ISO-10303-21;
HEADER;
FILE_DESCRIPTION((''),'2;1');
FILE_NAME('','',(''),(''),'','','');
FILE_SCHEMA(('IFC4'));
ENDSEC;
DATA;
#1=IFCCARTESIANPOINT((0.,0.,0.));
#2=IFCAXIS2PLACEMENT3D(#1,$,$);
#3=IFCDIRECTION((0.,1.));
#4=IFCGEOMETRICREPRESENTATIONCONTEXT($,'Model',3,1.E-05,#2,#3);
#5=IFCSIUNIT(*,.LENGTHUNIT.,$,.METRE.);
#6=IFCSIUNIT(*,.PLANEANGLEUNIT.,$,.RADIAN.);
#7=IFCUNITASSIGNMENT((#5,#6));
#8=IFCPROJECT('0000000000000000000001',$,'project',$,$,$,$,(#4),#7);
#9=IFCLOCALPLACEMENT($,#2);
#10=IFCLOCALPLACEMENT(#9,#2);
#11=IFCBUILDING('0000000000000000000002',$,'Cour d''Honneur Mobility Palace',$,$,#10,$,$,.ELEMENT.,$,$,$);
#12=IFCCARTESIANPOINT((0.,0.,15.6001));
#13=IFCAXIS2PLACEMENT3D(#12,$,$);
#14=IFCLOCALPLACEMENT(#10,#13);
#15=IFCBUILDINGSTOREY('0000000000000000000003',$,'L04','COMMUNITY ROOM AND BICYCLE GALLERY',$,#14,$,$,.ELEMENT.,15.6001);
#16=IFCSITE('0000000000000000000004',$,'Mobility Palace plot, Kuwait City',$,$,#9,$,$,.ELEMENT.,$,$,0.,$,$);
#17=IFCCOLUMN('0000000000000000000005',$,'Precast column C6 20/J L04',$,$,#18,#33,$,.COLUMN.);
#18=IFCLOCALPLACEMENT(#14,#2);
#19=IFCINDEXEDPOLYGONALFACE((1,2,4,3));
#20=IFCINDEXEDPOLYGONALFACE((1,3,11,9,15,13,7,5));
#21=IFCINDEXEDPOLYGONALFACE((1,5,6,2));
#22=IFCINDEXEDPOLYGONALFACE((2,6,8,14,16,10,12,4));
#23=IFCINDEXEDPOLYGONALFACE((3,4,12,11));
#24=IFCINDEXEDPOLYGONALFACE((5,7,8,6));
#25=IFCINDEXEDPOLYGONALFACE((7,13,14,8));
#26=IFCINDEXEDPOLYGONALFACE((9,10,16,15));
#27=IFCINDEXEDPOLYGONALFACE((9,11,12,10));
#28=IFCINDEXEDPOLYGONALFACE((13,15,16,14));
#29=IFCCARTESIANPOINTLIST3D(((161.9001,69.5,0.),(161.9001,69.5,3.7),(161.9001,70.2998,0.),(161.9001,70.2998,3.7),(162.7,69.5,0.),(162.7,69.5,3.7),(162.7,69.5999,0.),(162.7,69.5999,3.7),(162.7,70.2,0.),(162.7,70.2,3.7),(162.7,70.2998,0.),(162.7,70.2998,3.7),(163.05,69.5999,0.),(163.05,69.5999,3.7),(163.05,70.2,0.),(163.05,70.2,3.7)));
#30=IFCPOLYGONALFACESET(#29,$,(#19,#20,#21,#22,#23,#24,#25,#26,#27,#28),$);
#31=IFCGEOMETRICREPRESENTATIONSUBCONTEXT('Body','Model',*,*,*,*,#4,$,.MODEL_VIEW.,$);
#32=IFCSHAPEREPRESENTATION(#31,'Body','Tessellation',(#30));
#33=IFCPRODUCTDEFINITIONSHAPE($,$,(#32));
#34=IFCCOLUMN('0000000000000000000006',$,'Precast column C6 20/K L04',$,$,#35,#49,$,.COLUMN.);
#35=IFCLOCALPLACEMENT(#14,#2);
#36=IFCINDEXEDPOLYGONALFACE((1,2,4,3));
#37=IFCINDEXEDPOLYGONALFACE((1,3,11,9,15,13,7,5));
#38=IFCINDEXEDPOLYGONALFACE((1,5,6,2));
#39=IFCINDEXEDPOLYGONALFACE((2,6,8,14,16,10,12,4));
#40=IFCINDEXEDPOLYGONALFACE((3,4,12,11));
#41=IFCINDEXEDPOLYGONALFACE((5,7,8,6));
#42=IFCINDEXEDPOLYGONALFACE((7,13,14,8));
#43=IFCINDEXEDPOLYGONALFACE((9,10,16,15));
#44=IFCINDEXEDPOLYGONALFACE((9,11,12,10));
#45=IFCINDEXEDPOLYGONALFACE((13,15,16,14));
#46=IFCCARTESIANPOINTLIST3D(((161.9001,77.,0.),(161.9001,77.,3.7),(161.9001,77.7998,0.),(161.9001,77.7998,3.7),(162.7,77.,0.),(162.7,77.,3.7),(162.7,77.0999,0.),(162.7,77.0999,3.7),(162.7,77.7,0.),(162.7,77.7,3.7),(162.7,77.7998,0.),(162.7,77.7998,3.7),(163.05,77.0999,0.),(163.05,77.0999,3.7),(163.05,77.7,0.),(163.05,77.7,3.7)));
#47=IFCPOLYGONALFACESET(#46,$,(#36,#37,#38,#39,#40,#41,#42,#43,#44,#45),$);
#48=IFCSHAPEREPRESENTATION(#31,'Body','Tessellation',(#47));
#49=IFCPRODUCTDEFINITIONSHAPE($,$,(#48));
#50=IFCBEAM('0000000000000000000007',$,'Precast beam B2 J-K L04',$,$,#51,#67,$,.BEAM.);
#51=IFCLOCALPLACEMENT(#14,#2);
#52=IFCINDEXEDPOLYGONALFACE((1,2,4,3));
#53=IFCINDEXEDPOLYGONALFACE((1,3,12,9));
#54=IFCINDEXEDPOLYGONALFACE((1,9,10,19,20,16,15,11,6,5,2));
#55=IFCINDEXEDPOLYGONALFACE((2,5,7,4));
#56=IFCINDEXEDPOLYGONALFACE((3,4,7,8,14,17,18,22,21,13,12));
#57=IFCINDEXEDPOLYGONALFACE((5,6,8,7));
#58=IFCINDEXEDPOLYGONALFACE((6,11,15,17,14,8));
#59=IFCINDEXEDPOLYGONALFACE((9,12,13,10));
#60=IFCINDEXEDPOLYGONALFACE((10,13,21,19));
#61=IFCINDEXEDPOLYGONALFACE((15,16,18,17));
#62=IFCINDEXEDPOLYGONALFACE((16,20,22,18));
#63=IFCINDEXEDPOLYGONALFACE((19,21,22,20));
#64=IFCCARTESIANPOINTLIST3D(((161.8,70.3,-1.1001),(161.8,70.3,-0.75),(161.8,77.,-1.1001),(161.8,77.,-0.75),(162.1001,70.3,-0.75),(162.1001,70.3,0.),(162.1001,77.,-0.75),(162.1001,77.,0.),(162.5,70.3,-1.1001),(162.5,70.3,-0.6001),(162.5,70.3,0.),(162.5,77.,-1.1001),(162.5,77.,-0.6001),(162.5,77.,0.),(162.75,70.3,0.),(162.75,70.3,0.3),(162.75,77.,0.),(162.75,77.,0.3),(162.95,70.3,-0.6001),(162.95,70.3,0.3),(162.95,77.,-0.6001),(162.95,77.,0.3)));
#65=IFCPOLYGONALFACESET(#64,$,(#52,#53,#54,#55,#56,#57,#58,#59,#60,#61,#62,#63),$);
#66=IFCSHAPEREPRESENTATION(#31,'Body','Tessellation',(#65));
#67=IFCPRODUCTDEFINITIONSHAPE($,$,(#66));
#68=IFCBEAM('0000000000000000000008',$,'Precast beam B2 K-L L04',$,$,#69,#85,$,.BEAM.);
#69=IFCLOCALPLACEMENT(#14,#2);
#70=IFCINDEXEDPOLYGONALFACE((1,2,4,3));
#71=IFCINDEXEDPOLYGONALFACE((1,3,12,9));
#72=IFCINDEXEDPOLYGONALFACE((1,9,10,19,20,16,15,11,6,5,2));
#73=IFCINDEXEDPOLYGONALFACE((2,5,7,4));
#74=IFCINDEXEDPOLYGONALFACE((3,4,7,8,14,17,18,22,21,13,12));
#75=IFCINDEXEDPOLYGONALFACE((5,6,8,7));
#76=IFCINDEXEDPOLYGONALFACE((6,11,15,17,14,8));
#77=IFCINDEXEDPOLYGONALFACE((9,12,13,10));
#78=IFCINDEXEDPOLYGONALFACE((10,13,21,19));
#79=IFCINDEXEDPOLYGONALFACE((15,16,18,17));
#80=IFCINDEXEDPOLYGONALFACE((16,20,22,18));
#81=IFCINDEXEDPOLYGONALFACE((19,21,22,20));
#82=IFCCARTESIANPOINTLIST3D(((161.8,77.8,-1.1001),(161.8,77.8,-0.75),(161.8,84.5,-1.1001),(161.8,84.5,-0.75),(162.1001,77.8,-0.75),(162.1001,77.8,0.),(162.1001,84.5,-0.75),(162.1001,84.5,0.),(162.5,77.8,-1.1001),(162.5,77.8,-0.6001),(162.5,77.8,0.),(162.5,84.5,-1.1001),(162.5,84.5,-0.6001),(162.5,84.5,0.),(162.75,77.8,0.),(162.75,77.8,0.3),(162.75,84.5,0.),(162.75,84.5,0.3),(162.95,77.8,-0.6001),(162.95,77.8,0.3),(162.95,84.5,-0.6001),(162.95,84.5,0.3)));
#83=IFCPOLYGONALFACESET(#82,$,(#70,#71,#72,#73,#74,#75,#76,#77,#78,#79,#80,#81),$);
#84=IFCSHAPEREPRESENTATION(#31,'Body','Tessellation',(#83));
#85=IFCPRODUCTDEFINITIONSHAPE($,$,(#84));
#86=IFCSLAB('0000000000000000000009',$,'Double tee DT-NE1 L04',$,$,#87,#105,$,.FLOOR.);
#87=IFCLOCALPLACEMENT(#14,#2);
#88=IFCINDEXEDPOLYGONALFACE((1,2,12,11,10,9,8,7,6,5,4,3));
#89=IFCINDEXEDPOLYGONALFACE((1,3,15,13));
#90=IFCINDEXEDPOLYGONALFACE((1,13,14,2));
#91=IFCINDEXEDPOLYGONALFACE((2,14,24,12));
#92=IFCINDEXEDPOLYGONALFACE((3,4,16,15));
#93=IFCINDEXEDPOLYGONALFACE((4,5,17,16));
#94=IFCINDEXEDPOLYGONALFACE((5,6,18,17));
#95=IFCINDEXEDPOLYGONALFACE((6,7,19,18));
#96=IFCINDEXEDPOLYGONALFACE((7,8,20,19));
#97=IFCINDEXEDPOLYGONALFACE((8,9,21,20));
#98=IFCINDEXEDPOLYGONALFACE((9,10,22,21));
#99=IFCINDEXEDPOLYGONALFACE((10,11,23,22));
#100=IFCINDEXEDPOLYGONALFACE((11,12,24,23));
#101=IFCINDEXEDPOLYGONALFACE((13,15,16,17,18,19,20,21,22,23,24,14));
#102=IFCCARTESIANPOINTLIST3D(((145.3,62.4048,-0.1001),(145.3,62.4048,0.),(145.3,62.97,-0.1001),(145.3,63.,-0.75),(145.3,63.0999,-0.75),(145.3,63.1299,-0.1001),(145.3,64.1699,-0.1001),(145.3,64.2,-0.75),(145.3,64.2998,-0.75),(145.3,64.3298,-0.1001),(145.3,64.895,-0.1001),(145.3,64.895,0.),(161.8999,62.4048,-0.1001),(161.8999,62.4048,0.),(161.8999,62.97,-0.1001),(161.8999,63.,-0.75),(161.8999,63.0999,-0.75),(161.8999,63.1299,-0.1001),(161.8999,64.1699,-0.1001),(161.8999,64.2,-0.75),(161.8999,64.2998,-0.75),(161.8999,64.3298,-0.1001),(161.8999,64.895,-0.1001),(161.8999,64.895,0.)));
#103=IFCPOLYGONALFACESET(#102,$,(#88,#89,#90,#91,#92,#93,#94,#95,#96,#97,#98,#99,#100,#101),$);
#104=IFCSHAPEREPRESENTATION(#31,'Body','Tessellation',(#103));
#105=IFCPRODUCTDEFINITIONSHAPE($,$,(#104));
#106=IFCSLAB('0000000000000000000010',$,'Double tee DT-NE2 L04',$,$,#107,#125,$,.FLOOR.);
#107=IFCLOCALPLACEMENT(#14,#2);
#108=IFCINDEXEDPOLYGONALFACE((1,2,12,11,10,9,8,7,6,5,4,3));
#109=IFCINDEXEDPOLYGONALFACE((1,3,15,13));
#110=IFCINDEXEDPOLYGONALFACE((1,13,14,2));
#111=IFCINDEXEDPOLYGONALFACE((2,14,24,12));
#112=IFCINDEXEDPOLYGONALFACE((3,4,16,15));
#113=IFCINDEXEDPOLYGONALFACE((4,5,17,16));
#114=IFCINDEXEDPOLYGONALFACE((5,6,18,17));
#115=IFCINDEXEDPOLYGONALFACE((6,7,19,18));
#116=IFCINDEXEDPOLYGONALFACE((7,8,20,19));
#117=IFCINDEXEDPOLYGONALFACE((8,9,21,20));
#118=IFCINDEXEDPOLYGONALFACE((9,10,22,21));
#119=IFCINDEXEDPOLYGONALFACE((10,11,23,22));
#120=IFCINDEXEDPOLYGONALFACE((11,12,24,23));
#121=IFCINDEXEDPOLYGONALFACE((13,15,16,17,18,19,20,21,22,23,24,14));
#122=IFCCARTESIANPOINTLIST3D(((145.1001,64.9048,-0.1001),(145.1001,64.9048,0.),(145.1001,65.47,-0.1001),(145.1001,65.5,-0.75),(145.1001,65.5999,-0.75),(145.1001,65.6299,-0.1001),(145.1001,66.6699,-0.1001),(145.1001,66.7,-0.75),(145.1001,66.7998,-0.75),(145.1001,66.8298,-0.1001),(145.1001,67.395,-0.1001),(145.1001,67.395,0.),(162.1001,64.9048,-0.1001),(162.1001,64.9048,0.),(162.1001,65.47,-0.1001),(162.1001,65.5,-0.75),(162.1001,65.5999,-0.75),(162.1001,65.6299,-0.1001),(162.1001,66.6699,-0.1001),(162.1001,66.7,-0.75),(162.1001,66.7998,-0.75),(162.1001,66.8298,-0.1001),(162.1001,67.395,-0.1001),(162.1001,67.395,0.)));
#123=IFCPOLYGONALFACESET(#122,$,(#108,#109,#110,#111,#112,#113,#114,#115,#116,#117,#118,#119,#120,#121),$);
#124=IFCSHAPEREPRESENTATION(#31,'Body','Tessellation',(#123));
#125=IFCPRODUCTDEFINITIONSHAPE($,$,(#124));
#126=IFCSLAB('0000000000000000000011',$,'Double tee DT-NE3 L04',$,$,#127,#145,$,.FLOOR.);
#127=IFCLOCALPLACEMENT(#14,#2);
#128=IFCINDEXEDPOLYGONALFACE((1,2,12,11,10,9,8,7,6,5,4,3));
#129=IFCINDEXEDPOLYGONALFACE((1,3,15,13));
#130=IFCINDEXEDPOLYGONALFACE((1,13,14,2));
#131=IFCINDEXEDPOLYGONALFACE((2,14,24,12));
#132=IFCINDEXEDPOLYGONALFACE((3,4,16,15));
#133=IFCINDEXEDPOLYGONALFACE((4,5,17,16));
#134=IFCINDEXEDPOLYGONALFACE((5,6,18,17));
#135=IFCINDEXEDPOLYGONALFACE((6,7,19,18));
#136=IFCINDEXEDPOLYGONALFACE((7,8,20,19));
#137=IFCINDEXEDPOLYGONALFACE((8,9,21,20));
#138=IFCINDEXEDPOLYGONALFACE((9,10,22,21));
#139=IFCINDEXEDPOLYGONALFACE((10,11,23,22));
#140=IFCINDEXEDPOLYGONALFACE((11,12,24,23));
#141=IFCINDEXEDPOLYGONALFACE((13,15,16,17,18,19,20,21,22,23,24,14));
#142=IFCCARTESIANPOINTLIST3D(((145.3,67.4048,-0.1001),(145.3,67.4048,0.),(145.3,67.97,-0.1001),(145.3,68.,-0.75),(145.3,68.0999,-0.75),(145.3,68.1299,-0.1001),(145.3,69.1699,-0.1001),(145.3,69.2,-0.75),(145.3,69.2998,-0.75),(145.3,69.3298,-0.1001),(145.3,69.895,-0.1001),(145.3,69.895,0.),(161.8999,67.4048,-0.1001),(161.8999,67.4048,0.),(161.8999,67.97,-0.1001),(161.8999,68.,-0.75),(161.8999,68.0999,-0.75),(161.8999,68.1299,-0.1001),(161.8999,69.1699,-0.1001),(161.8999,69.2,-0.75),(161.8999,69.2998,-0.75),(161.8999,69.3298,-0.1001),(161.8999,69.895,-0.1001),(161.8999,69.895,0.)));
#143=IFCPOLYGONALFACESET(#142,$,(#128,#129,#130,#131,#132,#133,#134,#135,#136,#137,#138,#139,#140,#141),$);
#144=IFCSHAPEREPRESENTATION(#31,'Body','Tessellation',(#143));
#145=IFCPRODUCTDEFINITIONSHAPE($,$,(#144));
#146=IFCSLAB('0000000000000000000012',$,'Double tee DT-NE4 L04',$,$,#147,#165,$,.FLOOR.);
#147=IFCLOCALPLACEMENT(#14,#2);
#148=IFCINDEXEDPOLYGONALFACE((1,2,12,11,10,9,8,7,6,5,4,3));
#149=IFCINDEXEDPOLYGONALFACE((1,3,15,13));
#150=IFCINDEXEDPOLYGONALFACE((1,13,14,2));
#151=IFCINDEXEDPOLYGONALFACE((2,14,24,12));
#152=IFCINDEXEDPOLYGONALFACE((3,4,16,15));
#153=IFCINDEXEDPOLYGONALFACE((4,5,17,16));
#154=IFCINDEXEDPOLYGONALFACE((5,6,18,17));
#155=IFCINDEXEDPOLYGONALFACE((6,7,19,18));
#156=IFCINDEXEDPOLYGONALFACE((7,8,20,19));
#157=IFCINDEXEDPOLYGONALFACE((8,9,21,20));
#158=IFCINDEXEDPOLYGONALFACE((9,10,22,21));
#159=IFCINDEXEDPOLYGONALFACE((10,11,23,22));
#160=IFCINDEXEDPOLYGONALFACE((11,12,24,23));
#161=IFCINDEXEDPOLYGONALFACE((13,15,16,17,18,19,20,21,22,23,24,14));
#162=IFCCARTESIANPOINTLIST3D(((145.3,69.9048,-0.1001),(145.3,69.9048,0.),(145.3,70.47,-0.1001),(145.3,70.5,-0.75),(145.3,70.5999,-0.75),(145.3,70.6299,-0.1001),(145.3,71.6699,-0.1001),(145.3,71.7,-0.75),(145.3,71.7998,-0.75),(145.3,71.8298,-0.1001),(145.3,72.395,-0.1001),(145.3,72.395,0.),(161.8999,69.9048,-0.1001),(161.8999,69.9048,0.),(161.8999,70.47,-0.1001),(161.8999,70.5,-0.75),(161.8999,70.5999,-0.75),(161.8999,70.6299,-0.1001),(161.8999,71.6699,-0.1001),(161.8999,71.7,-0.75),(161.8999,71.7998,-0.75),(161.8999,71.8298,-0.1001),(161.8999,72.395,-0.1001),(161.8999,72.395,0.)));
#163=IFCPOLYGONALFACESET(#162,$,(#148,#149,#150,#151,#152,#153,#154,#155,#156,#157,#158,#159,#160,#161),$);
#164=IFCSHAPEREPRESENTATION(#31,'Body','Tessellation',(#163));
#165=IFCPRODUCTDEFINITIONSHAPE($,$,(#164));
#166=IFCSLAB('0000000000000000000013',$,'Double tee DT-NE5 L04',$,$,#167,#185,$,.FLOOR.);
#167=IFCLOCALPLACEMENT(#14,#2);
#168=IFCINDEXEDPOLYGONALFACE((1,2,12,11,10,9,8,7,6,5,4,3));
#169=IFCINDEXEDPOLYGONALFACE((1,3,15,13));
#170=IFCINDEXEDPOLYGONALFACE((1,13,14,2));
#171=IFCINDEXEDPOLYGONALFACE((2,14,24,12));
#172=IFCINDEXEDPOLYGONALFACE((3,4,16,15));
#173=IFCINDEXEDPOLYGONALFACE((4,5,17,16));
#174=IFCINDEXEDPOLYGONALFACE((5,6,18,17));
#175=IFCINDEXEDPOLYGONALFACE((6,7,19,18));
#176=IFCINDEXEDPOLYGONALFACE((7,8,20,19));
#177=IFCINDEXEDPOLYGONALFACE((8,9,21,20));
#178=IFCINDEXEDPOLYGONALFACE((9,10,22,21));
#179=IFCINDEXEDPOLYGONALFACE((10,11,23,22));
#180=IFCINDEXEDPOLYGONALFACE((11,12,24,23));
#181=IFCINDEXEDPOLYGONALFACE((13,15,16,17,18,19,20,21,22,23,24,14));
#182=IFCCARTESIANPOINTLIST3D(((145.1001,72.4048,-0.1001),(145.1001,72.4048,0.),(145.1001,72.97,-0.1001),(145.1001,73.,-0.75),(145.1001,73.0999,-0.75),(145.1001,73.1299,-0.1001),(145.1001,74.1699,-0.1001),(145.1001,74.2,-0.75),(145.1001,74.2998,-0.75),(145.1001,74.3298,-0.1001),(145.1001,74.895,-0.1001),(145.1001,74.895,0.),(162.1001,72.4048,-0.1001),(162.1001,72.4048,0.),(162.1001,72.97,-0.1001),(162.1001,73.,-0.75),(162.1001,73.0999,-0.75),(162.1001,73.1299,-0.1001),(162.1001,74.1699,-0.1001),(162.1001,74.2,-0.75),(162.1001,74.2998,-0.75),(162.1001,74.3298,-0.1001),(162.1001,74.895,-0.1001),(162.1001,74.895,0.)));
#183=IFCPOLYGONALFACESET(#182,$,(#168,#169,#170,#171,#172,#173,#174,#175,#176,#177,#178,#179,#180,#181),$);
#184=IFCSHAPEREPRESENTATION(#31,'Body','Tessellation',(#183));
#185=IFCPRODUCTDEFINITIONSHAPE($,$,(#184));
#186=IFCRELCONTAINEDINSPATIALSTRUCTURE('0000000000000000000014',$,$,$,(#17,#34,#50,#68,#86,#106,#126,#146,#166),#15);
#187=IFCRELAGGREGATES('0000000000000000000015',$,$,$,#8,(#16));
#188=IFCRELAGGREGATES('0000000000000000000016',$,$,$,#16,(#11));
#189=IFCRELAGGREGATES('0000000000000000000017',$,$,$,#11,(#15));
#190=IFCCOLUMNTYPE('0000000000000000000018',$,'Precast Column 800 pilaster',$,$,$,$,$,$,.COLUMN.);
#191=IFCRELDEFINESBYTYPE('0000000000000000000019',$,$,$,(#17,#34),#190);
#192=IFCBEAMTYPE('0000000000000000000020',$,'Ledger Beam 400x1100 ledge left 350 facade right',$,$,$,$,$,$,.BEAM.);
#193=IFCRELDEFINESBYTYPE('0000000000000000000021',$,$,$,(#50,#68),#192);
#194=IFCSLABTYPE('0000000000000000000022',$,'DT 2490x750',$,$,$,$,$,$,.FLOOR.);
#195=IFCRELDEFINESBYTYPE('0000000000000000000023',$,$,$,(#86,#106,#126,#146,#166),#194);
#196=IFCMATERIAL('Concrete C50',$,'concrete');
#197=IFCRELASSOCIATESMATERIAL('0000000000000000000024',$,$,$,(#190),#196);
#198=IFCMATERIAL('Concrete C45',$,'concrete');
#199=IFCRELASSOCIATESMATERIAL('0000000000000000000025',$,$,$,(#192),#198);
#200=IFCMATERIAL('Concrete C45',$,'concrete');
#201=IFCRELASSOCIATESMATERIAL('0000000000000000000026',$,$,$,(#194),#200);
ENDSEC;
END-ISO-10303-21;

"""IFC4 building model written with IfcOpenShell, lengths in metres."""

from ifc_helpers import new_model, si_unit, direction, frame, origin, place, context, subcontext, project, spatial, polyline, outline, extrude, material, material_profile, profile_set, type_object, element, save


model = new_model("IFC4")

# Units and contexts
model_context = context("Model", 3, precision=1e-05, world=origin(), true_north=direction((0.0, 1.0)))
body_context = subcontext(model_context, "Body", "Model", "MODEL_VIEW")
ifc_project = project(units=[si_unit("LENGTHUNIT", "METRE"), si_unit("PLANEANGLEUNIT", "RADIAN")], contexts=[model_context])

# Site, building, storey
site_placement = place(None, origin())
site = spatial("IfcSite", under=ifc_project, at=site_placement, Name="Mobility Palace plot, Kuwait City", CompositionType="ELEMENT", RefElevation=0.0)
building_placement = place(site_placement, origin())
building = spatial("IfcBuilding", under=site, at=building_placement, Name="Cour d'Honneur Mobility Palace", CompositionType="ELEMENT")
storey_placement = place(building_placement, frame((0.0, 0.0, 15.6001)))
storey = spatial("IfcBuildingStorey", under=building, at=storey_placement, Name="L04", Description="COMMUNITY ROOM AND BICYCLE GALLERY", CompositionType="ELEMENT", Elevation=15.6001)

# Columns
ifc_material_1 = material(Name="Concrete C50", Category="concrete")
ifc_material_profile_1 = material_profile(ifc_material_1, outline(polyline([(-0.3999, -0.3999), (0.3999, -0.3999), (0.3999, -0.3), (0.75, -0.3), (0.75, 0.3), (0.3999, 0.3), (0.3999, 0.3999), (-0.3999, 0.3999), (-0.3999, -0.3999)])), Name="PC C800 pilaster")
ifc_profile_set_1 = profile_set([ifc_material_profile_1], Name="Concrete C50")
column_type = type_object("IfcColumnType", Name="Precast Column 800 pilaster", PredefinedType="COLUMN", material=ifc_profile_set_1)
for number, where, z_axis, x_axis, name in (
    (1, (162.3, 69.8999, 0.0), (0.0, 0.0, 1.0), (1.0, 0.0, 0.0), "Precast column C6 20/J L04"),
    (2, (162.3, 77.3999, 0.0), (0.0, 0.0, 1.0), (1.0, 0.0, 0.0), "Precast column C6 20/K L04"),
):
    element("IfcColumn", number, at=place(storey_placement, frame(where, z_axis=z_axis, x_axis=x_axis)), inside=storey, type_object=column_type, Name=name, PredefinedType="COLUMN", context=body_context, shape_type="SweptSolid", body=[
        extrude(outline(polyline([(-0.3999, -0.3999), (0.3999, -0.3999), (0.3999, -0.3), (0.75, -0.3), (0.75, 0.3), (0.3999, 0.3), (0.3999, 0.3999), (-0.3999, 0.3999), (-0.3999, -0.3999)])), origin(), (0.0, 0.0, 1.0), 3.7),
    ])

# Beams
ifc_material_2 = material(Name="Concrete C45", Category="concrete")
ifc_material_profile_2 = material_profile(ifc_material_2, outline(polyline([(0.5, -1.1001), (0.5, -0.75), (0.2, -0.75), (0.2, 0.0), (-0.2, 0.0), (-0.45, 0.0), (-0.45, 0.3), (-0.6499, 0.3), (-0.6499, -0.6001), (-0.2, -0.6001), (-0.2, -1.1001), (0.5, -1.1001)])), Name="Ledger Beam 400x1100 ledge left 350 facade right")
ifc_profile_set_2 = profile_set([ifc_material_profile_2], Name="Concrete C45")
beam_type = type_object("IfcBeamType", Name="Ledger Beam 400x1100 ledge left 350 facade right", PredefinedType="BEAM", material=ifc_profile_set_2)
for number, where, z_axis, x_axis, name in (
    (3, (162.3, 70.3, 0.0), (0.0, 1.0, 0.0), (-1.0, 0.0, 0.0), "Precast beam B2 J-K L04"),
    (4, (162.3, 77.8, 0.0), (0.0, 1.0, 0.0), (-1.0, 0.0, 0.0), "Precast beam B2 K-L L04"),
):
    element("IfcBeam", number, at=place(storey_placement, frame(where, z_axis=z_axis, x_axis=x_axis)), inside=storey, type_object=beam_type, Name=name, PredefinedType="BEAM", context=body_context, shape_type="SweptSolid", body=[
        extrude(outline(polyline([(0.5, -1.1001), (0.5, -0.75), (0.2, -0.75), (0.2, 0.0), (-0.2, 0.0), (-0.45, 0.0), (-0.45, 0.3), (-0.6499, 0.3), (-0.6499, -0.6001), (-0.2, -0.6001), (-0.2, -1.1001), (0.5, -1.1001)])), origin(), (0.0, 0.0, 1.0), 6.7),
    ])

# Slabs
ifc_material_3 = material(Name="Concrete C45", Category="concrete")
ifc_material_profile_3 = material_profile(ifc_material_3, outline(polyline([(-1.2451, 0.0), (1.2451, 0.0), (1.2451, -0.1001), (0.6799, -0.1001), (0.6499, -0.75), (0.55, -0.75), (0.52, -0.1001), (-0.52, -0.1001), (-0.55, -0.75), (-0.6499, -0.75), (-0.6799, -0.1001), (-1.2451, -0.1001), (-1.2451, 0.0)])), Name="DT 2490x750")
ifc_profile_set_3 = profile_set([ifc_material_profile_3], Name="Concrete C45")
slab_type = type_object("IfcSlabType", Name="DT 2490x750", PredefinedType="FLOOR", material=ifc_profile_set_3)
slab_1_placement = place(storey_placement, frame((145.3, 63.6499, 0.0), z_axis=(1.0, 0.0, 0.0), x_axis=(0.0, 1.0, 0.0)))
element("IfcSlab", 5, at=slab_1_placement, inside=storey, type_object=slab_type, Name="Double tee DT-NE1 L04", PredefinedType="FLOOR", context=body_context, shape_type="SweptSolid", body=[
    extrude(outline(polyline([(-1.2451, 0.0), (1.2451, 0.0), (1.2451, -0.1001), (0.6799, -0.1001), (0.6499, -0.75), (0.55, -0.75), (0.52, -0.1001), (-0.52, -0.1001), (-0.55, -0.75), (-0.6499, -0.75), (-0.6799, -0.1001), (-1.2451, -0.1001), (-1.2451, 0.0)])), origin(), (0.0, 0.0, 1.0), 16.5999),
])
slab_2_placement = place(storey_placement, frame((145.1001, 66.1499, 0.0), z_axis=(1.0, 0.0, 0.0), x_axis=(0.0, 1.0, 0.0)))
element("IfcSlab", 6, at=slab_2_placement, inside=storey, type_object=slab_type, Name="Double tee DT-NE2 L04", PredefinedType="FLOOR", context=body_context, shape_type="SweptSolid", body=[
    extrude(outline(polyline([(-1.2451, 0.0), (1.2451, 0.0), (1.2451, -0.1001), (0.6799, -0.1001), (0.6499, -0.75), (0.55, -0.75), (0.52, -0.1001), (-0.52, -0.1001), (-0.55, -0.75), (-0.6499, -0.75), (-0.6799, -0.1001), (-1.2451, -0.1001), (-1.2451, 0.0)])), origin(), (0.0, 0.0, 1.0), 17.0),
])
for number, where, z_axis, x_axis, name in (
    (7, (145.3, 68.6499, 0.0), (1.0, 0.0, 0.0), (0.0, 1.0, 0.0), "Double tee DT-NE3 L04"),
    (8, (145.3, 71.1499, 0.0), (1.0, 0.0, 0.0), (0.0, 1.0, 0.0), "Double tee DT-NE4 L04"),
):
    element("IfcSlab", number, at=place(storey_placement, frame(where, z_axis=z_axis, x_axis=x_axis)), inside=storey, type_object=slab_type, Name=name, PredefinedType="FLOOR", context=body_context, shape_type="SweptSolid", body=[
        extrude(outline(polyline([(-1.2451, 0.0), (1.2451, 0.0), (1.2451, -0.1001), (0.6799, -0.1001), (0.6499, -0.75), (0.55, -0.75), (0.52, -0.1001), (-0.52, -0.1001), (-0.55, -0.75), (-0.6499, -0.75), (-0.6799, -0.1001), (-1.2451, -0.1001), (-1.2451, 0.0)])), origin(), (0.0, 0.0, 1.0), 16.5999),
    ])
slab_3_placement = place(storey_placement, frame((145.1001, 73.6499, 0.0), z_axis=(1.0, 0.0, 0.0), x_axis=(0.0, 1.0, 0.0)))
element("IfcSlab", 9, at=slab_3_placement, inside=storey, type_object=slab_type, Name="Double tee DT-NE5 L04", PredefinedType="FLOOR", context=body_context, shape_type="SweptSolid", body=[
    extrude(outline(polyline([(-1.2451, 0.0), (1.2451, 0.0), (1.2451, -0.1001), (0.6799, -0.1001), (0.6499, -0.75), (0.55, -0.75), (0.52, -0.1001), (-0.52, -0.1001), (-0.55, -0.75), (-0.6499, -0.75), (-0.6799, -0.1001), (-1.2451, -0.1001), (-1.2451, 0.0)])), origin(), (0.0, 0.0, 1.0), 17.0),
])

save(model, "model.ifc")
